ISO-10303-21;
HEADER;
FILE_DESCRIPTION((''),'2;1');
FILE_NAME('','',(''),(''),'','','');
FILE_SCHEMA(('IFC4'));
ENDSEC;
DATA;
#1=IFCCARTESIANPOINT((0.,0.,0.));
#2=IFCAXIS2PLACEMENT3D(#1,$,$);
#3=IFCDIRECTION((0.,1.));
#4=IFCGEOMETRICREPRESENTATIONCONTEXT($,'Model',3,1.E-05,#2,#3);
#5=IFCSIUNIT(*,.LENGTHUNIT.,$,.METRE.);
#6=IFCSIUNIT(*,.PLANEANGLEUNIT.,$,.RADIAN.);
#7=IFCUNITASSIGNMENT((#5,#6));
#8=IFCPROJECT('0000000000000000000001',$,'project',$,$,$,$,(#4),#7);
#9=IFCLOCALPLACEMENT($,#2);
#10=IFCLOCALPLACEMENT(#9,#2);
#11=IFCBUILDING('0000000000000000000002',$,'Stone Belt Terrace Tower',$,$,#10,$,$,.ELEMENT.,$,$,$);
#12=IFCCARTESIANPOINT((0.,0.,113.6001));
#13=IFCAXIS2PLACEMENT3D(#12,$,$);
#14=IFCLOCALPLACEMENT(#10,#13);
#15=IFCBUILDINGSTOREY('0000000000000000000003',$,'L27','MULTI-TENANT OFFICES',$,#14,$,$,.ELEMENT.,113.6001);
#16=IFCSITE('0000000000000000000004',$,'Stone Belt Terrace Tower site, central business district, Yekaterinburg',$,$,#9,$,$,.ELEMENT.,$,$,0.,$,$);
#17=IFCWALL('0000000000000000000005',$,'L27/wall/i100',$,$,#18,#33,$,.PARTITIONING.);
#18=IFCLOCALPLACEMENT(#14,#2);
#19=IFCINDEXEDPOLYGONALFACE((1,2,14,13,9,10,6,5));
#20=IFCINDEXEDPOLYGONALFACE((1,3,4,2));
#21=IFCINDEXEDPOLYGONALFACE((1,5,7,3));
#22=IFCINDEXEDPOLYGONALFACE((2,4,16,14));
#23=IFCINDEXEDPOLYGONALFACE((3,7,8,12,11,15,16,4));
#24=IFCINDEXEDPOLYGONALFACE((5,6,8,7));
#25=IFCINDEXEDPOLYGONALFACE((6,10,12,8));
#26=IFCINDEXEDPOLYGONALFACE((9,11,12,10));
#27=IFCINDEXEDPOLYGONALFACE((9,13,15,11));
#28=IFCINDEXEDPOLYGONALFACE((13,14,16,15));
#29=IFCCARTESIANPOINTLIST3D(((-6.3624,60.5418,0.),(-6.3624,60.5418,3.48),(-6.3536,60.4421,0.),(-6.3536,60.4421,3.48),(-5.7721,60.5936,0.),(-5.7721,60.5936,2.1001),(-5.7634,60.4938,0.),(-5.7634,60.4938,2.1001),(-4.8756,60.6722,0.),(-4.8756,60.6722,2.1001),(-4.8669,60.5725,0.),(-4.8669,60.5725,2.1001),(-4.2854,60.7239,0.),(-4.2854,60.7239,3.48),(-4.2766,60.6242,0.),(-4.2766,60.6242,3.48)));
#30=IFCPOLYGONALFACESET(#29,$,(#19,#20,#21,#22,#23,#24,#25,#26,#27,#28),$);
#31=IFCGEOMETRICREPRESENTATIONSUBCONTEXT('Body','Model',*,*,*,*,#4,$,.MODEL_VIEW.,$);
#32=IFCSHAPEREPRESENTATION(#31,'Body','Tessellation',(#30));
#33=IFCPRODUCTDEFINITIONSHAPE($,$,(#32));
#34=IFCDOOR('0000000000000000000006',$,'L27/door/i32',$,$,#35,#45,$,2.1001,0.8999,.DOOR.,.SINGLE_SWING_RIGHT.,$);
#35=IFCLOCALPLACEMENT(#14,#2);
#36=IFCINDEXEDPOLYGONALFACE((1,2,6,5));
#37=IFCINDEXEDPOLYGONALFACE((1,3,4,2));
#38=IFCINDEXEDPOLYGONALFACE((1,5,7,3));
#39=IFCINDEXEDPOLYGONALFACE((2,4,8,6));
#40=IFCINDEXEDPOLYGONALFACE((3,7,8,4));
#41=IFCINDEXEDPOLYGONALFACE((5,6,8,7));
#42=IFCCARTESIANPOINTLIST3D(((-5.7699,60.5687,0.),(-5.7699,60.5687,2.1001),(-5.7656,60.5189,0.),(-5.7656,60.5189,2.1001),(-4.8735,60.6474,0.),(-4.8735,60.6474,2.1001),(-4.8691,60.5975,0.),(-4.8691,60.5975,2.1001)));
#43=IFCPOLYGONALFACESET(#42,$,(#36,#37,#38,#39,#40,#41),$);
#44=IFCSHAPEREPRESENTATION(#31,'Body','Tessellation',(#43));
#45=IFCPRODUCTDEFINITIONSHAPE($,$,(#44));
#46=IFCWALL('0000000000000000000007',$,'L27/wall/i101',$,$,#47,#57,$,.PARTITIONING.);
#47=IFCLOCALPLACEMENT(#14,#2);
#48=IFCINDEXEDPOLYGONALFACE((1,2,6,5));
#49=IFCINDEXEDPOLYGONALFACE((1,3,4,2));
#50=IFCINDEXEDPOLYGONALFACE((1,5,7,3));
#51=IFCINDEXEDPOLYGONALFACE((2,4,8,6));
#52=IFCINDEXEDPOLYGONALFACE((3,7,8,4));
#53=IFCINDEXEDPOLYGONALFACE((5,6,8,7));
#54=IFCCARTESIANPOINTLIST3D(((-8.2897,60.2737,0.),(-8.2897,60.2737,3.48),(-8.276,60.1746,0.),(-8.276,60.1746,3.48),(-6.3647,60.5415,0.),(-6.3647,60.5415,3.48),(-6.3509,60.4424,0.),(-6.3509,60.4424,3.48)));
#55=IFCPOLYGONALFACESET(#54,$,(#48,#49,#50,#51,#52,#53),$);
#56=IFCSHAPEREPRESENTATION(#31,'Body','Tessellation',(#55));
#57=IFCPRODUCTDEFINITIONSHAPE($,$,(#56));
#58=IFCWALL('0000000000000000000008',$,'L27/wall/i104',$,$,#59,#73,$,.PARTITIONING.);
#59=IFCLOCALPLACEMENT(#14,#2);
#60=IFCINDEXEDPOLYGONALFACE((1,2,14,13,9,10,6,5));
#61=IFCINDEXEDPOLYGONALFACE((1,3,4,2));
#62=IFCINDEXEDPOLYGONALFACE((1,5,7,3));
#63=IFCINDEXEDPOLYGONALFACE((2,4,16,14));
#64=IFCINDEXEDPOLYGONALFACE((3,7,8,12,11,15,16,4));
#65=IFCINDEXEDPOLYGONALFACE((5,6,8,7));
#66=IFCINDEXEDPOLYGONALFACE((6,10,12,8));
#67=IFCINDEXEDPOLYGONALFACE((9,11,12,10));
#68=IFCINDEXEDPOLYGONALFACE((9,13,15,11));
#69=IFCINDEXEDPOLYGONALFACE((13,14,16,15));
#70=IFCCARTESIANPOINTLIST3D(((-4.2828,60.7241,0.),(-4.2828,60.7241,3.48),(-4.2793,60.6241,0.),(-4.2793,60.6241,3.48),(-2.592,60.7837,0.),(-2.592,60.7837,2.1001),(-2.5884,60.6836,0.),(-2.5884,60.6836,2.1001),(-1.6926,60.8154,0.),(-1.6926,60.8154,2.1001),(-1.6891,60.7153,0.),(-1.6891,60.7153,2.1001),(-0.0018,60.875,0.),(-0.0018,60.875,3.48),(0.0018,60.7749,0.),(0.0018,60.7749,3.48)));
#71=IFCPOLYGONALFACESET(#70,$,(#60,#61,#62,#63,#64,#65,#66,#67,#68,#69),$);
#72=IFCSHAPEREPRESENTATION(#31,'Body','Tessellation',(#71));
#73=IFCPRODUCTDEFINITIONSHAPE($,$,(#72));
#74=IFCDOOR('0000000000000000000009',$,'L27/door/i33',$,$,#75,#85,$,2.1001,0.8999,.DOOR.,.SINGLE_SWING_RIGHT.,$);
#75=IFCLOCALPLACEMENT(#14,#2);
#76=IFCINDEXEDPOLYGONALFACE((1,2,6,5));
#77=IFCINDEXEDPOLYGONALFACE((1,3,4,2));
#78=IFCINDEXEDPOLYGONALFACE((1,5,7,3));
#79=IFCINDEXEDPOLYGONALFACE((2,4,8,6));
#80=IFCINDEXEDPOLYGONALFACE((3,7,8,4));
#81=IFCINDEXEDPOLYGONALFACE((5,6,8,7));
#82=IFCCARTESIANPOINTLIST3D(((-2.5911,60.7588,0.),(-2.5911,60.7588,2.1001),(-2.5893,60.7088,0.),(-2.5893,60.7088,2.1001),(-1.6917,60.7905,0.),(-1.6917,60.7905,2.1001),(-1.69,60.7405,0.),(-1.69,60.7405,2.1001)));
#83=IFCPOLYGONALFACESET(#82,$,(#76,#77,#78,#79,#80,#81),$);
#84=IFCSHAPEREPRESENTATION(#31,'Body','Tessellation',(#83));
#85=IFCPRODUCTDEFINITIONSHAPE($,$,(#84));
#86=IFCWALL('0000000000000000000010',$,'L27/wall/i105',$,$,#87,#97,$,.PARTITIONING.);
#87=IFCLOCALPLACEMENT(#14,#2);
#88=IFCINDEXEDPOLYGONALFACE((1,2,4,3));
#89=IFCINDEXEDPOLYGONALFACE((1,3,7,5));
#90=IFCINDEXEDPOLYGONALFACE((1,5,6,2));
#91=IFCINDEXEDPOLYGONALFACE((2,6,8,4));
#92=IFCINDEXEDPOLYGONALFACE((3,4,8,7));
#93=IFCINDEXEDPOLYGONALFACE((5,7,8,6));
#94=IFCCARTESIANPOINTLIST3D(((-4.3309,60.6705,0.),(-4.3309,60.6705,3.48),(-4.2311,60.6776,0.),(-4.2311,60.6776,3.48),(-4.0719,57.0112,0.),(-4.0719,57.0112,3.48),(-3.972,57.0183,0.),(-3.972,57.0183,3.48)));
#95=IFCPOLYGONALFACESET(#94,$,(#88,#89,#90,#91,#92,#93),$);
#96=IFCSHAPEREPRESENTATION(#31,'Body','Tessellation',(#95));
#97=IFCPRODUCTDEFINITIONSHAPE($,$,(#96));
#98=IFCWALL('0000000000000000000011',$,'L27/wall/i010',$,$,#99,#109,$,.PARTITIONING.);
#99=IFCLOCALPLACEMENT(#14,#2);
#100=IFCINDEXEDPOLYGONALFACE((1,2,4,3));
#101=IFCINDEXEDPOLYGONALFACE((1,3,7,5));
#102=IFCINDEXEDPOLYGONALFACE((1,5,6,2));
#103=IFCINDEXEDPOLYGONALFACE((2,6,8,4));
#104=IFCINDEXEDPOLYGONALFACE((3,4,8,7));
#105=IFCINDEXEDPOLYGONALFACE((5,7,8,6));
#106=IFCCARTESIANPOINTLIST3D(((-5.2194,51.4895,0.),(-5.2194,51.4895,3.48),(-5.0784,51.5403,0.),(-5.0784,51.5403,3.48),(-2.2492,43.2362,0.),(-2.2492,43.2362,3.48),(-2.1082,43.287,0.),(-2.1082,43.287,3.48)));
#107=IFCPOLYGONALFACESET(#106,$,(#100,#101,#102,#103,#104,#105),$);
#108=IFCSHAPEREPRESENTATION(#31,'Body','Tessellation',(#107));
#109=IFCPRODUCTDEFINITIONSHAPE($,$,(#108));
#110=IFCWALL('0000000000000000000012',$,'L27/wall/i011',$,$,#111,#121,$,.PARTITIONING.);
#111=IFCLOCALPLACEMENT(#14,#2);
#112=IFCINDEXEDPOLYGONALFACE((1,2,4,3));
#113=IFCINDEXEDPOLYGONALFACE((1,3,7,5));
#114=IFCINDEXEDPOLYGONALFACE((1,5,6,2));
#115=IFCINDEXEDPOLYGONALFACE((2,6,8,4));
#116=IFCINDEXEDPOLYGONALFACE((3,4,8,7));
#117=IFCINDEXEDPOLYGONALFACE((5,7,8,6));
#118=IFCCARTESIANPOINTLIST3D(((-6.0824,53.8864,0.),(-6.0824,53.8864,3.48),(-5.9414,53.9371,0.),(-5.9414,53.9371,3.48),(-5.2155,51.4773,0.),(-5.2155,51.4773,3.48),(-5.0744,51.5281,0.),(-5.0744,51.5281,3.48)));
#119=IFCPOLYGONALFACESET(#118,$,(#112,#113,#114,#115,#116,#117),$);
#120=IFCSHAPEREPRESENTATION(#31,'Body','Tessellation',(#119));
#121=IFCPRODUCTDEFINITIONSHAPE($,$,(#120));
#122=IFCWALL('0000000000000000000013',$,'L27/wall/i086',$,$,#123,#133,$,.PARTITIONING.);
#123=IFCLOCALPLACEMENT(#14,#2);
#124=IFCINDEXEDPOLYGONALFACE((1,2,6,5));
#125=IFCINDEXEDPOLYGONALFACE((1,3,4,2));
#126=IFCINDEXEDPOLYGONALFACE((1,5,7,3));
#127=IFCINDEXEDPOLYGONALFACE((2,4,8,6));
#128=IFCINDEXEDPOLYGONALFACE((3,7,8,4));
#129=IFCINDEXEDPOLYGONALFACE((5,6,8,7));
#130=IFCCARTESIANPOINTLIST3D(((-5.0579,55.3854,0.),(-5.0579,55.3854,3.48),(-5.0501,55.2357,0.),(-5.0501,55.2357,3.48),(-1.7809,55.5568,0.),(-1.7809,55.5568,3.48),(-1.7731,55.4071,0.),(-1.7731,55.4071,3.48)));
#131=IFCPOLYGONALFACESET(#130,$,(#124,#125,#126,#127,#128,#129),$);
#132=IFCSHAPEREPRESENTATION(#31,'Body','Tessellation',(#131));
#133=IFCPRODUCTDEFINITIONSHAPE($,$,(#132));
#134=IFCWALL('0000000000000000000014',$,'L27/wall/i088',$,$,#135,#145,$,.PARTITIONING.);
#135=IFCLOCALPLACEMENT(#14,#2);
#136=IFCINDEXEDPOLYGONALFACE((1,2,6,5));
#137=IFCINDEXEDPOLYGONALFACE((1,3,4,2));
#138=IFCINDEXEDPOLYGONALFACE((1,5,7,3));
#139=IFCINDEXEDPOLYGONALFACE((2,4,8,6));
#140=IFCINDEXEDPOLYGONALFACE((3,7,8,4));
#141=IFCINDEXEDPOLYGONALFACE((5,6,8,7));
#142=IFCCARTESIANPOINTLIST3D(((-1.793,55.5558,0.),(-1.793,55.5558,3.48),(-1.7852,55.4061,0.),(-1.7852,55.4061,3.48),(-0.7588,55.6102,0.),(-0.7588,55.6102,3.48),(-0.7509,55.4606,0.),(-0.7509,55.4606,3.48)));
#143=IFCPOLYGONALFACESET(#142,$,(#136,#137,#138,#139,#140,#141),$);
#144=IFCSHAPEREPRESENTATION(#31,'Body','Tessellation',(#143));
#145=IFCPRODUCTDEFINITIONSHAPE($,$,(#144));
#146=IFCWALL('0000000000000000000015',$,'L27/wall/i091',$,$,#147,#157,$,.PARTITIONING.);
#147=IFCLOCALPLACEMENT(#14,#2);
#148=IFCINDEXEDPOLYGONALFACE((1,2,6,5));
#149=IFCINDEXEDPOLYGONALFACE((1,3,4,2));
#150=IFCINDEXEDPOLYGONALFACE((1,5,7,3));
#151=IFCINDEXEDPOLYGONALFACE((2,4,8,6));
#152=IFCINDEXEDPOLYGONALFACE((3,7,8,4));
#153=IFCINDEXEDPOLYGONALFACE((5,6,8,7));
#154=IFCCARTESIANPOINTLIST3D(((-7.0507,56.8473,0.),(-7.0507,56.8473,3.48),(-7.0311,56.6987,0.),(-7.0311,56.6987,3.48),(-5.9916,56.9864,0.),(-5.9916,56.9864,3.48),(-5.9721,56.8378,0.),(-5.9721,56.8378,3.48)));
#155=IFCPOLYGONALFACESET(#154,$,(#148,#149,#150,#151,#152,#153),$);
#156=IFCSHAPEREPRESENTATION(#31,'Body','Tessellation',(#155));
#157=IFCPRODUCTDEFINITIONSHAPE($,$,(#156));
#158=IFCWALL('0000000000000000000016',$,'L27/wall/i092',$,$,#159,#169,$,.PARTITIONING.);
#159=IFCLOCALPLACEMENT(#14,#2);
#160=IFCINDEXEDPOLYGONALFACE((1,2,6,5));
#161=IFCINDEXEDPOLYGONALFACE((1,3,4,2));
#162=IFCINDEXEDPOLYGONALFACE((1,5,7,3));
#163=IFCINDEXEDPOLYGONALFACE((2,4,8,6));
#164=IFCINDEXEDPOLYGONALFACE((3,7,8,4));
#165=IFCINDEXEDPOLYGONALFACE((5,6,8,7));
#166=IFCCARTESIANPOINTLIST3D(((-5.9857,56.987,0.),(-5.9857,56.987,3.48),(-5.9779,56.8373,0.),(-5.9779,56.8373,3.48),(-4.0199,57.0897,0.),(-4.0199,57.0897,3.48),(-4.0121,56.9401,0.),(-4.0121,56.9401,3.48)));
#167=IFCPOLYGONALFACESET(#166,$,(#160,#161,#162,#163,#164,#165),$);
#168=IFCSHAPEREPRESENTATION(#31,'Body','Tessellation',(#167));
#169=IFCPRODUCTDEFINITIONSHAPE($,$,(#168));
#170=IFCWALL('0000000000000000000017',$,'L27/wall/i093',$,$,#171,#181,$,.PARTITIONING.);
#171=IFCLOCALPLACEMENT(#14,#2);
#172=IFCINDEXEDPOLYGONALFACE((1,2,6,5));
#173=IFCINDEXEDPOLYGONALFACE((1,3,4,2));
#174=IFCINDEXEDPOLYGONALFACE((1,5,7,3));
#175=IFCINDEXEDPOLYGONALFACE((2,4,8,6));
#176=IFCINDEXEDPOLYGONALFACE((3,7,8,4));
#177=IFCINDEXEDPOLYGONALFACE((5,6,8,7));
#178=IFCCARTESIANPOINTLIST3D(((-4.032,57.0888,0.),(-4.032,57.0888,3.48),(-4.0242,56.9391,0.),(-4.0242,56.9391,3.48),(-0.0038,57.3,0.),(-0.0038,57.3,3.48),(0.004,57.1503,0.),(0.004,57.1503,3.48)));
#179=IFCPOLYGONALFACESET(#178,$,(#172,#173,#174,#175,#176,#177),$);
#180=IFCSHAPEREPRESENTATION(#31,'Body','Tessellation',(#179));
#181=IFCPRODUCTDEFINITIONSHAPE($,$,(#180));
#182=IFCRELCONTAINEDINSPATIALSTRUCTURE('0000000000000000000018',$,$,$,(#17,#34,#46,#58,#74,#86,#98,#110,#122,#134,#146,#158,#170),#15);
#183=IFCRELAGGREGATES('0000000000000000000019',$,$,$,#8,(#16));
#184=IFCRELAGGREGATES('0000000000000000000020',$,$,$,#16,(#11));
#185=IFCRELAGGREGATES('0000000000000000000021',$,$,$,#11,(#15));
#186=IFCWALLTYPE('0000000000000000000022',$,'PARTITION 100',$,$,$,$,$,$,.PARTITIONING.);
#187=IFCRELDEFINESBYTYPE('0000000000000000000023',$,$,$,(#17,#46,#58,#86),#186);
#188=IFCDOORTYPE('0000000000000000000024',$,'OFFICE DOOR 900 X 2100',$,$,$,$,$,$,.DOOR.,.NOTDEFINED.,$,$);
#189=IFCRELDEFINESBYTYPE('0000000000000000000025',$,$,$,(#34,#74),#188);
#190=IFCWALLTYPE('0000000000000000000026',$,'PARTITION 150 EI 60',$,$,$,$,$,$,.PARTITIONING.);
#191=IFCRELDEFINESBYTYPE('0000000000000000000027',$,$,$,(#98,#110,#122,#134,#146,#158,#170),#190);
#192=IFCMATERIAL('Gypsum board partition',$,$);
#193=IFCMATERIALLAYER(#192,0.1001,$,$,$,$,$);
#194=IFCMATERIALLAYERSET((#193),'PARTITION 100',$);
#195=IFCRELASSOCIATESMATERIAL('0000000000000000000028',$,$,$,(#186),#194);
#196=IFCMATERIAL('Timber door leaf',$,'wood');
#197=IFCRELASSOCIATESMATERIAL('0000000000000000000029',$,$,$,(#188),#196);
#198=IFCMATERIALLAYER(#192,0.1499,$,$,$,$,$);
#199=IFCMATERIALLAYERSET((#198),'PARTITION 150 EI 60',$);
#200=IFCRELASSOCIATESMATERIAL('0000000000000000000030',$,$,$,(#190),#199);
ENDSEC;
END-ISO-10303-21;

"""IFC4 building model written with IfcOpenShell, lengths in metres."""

from ifc_helpers import new_model, si_unit, direction, frame, frame_2d, origin, place, context, subcontext, project, spatial, rectangle, extrude, material, layer, layer_set, type_object, element, fill, save


model = new_model("IFC4")

# Units and contexts
model_context = context("Model", 3, precision=1e-05, world=origin(), true_north=direction((0.0, 1.0)))
body_context = subcontext(model_context, "Body", "Model", "MODEL_VIEW")
ifc_project = project(units=[si_unit("LENGTHUNIT", "METRE"), si_unit("PLANEANGLEUNIT", "RADIAN")], contexts=[model_context])

# Site, building, storey
site_placement = place(None, origin())
site = spatial("IfcSite", under=ifc_project, at=site_placement, Name="Stone Belt Terrace Tower site, central business district, Yekaterinburg", CompositionType="ELEMENT", RefElevation=0.0)
building_placement = place(site_placement, origin())
building = spatial("IfcBuilding", under=site, at=building_placement, Name="Stone Belt Terrace Tower", CompositionType="ELEMENT")
storey_placement = place(building_placement, frame((0.0, 0.0, 113.6001)))
storey = spatial("IfcBuildingStorey", under=building, at=storey_placement, Name="L27", Description="MULTI-TENANT OFFICES", CompositionType="ELEMENT", Elevation=113.6001)

# Shared definitions
ifc_material_1 = material(Name="Gypsum board partition")
ifc_layer_1 = layer(ifc_material_1, 0.1001)
ifc_layer_set_1 = layer_set([ifc_layer_1], Name="PARTITION 100")
wall_type_1 = type_object("IfcWallType", Name="PARTITION 100", PredefinedType="PARTITIONING", material=ifc_layer_set_1)
ifc_material_2 = material(Name="Timber door leaf", Category="wood")
door_type = type_object("IfcDoorType", Name="OFFICE DOOR 900 X 2100", OperationType="NOTDEFINED", PredefinedType="DOOR", material=ifc_material_2)

# Wall, opening, door
wall_1_placement = place(storey_placement, frame((-4.281, 60.6741, 0.0), z_axis=(0.0, 0.0, 1.0), x_axis=(-0.996177, -0.087357, 0.0)))
wall_1 = element("IfcWall", 1, at=wall_1_placement, inside=storey, type_object=wall_type_1, Name="L27/wall/i100", PredefinedType="PARTITIONING", context=body_context, shape_type="SweptSolid", body=[
    extrude(rectangle(XDim=2.085, YDim=0.1001, at=frame_2d((1.0425, 0.0))), origin(), (0.0, 0.0, 1.0), 3.48),
])
opening_1_placement = place(wall_1_placement, frame((0.5925, 0.0, 0.0)))
opening_1 = element("IfcOpeningElement", 2, at=opening_1_placement, cuts=wall_1, PredefinedType="OPENING", context=body_context, shape_type="SweptSolid", body=[
    extrude(rectangle(XDim=0.8999, YDim=2.1001, at=frame_2d((0.45, 1.05))), frame((0.0, 0.0601, 0.0), z_axis=(0.0, -1.0, 0.0), x_axis=(1.0, 0.0, 0.0)), (0.0, 0.0, 1.0), 0.1201),
])
door_1_placement = place(opening_1_placement, origin())
door_1 = element("IfcDoor", 3, at=door_1_placement, inside=storey, type_object=door_type, Name="L27/door/i32", OperationType="SINGLE_SWING_RIGHT", OverallHeight=2.1001, OverallWidth=0.8999, PredefinedType="DOOR", context=body_context, shape_type="SweptSolid", body=[
    extrude(rectangle(XDim=0.8999, YDim=2.1001, at=frame_2d((0.45, 1.05))), frame((0.0, 0.0249, 0.0), z_axis=(0.0, -1.0, 0.0), x_axis=(1.0, 0.0, 0.0)), (0.0, 0.0, 1.0), 0.05),
])
fill(opening_1, door_1)

# Wall
wall_2_placement = place(storey_placement, frame((-6.3579, 60.4919, 0.0), z_axis=(0.0, 0.0, 1.0), x_axis=(-0.99046, -0.137798, 0.0)))
element("IfcWall", 4, at=wall_2_placement, inside=storey, type_object=wall_type_1, Name="L27/wall/i101", PredefinedType="PARTITIONING", context=body_context, shape_type="SweptSolid", body=[
    extrude(rectangle(XDim=1.9436, YDim=0.1001, at=frame_2d((0.9717, 0.0))), origin(), (0.0, 0.0, 1.0), 3.48),
])

# Wall, opening, door
wall_3_placement = place(storey_placement, frame((0.0, 60.825, 0.0), z_axis=(0.0, 0.0, 1.0), x_axis=(-0.99938, -0.035222, 0.0)))
wall_3 = element("IfcWall", 5, at=wall_3_placement, inside=storey, type_object=wall_type_1, Name="L27/wall/i104", PredefinedType="PARTITIONING", context=body_context, shape_type="SweptSolid", body=[
    extrude(rectangle(XDim=4.2837, YDim=0.1001, at=frame_2d((2.1418, 0.0))), origin(), (0.0, 0.0, 1.0), 3.48),
])
opening_2_placement = place(wall_3_placement, frame((1.6919, 0.0, 0.0)))
opening_2 = element("IfcOpeningElement", 6, at=opening_2_placement, cuts=wall_3, PredefinedType="OPENING", context=body_context, shape_type="SweptSolid", body=[
    extrude(rectangle(XDim=0.8999, YDim=2.1001, at=frame_2d((0.45, 1.05))), frame((0.0, 0.0601, 0.0), z_axis=(0.0, -1.0, 0.0), x_axis=(1.0, 0.0, 0.0)), (0.0, 0.0, 1.0), 0.1201),
])
door_2_placement = place(opening_2_placement, origin())
door_2 = element("IfcDoor", 7, at=door_2_placement, inside=storey, type_object=door_type, Name="L27/door/i33", OperationType="SINGLE_SWING_RIGHT", OverallHeight=2.1001, OverallWidth=0.8999, PredefinedType="DOOR", context=body_context, shape_type="SweptSolid", body=[
    extrude(rectangle(XDim=0.8999, YDim=2.1001, at=frame_2d((0.45, 1.05))), frame((0.0, 0.0249, 0.0), z_axis=(0.0, -1.0, 0.0), x_axis=(1.0, 0.0, 0.0)), (0.0, 0.0, 1.0), 0.05),
])
fill(opening_2, door_2)

# Walls
wall_4_placement = place(storey_placement, frame((-4.281, 60.6741, 0.0), z_axis=(0.0, 0.0, 1.0), x_axis=(0.070613, -0.997504, 0.0)))
element("IfcWall", 8, at=wall_4_placement, inside=storey, type_object=wall_type_1, Name="L27/wall/i105", PredefinedType="PARTITIONING", context=body_context, shape_type="SweptSolid", body=[
    extrude(rectangle(XDim=3.6685, YDim=0.1001, at=frame_2d((1.8342, 0.0))), origin(), (0.0, 0.0, 1.0), 3.48),
])
ifc_layer_2 = layer(ifc_material_1, 0.1499)
ifc_layer_set_2 = layer_set([ifc_layer_2], Name="PARTITION 150 EI 60")
wall_type_2 = type_object("IfcWallType", Name="PARTITION 150 EI 60", PredefinedType="PARTITIONING", material=ifc_layer_set_2)
wall_5_placement = place(storey_placement, frame((-5.1489, 51.5149, 0.0), z_axis=(0.0, 0.0, 1.0), x_axis=(0.338626, -0.940921, 0.0)))
element("IfcWall", 9, at=wall_5_placement, inside=storey, type_object=wall_type_2, Name="L27/wall/i010", PredefinedType="PARTITIONING", context=body_context, shape_type="SweptSolid", body=[
    extrude(rectangle(XDim=8.7715, YDim=0.1499, at=frame_2d((4.3857, 0.0))), origin(), (0.0, 0.0, 1.0), 3.48),
])
wall_6_placement = place(storey_placement, frame((-6.012, 53.9119, 0.0), z_axis=(0.0, 0.0, 1.0), x_axis=(0.338625, -0.940921, 0.0)))
element("IfcWall", 10, at=wall_6_placement, inside=storey, type_object=wall_type_2, Name="L27/wall/i011", PredefinedType="PARTITIONING", context=body_context, shape_type="SweptSolid", body=[
    extrude(rectangle(XDim=2.5603, YDim=0.1499, at=frame_2d((1.2803, 0.0))), origin(), (0.0, 0.0, 1.0), 3.48),
])
wall_7_placement = place(storey_placement, frame((-1.7771, 55.4819, 0.0), z_axis=(0.0, 0.0, 1.0), x_axis=(-0.998635, -0.052227, 0.0)))
element("IfcWall", 11, at=wall_7_placement, inside=storey, type_object=wall_type_2, Name="L27/wall/i086", PredefinedType="PARTITIONING", context=body_context, shape_type="SweptSolid", body=[
    extrude(rectangle(XDim=3.2815, YDim=0.1499, at=frame_2d((1.6406, 0.0))), origin(), (0.0, 0.0, 1.0), 3.48),
])
wall_8_placement = place(storey_placement, frame((-0.7549, 55.5354, 0.0), z_axis=(0.0, 0.0, 1.0), x_axis=(-0.998617, -0.052571, 0.0)))
element("IfcWall", 12, at=wall_8_placement, inside=storey, type_object=wall_type_2, Name="L27/wall/i088", PredefinedType="PARTITIONING", context=body_context, shape_type="SweptSolid", body=[
    extrude(rectangle(XDim=1.0356, YDim=0.1499, at=frame_2d((0.5178, 0.0))), origin(), (0.0, 0.0, 1.0), 3.48),
])
wall_9_placement = place(storey_placement, frame((-7.041, 56.7729, 0.0), z_axis=(0.0, 0.0, 1.0), x_axis=(0.991478, 0.130277, 0.0)))
element("IfcWall", 13, at=wall_9_placement, inside=storey, type_object=wall_type_2, Name="L27/wall/i091", PredefinedType="PARTITIONING", context=body_context, shape_type="SweptSolid", body=[
    extrude(rectangle(XDim=1.0681, YDim=0.1499, at=frame_2d((0.5342, 0.0))), origin(), (0.0, 0.0, 1.0), 3.48),
])
wall_10_placement = place(storey_placement, frame((-5.9819, 56.9121, 0.0), z_axis=(0.0, 0.0, 1.0), x_axis=(0.998636, 0.052214, 0.0)))
element("IfcWall", 14, at=wall_10_placement, inside=storey, type_object=wall_type_2, Name="L27/wall/i092", PredefinedType="PARTITIONING", context=body_context, shape_type="SweptSolid", body=[
    extrude(rectangle(XDim=1.9685, YDim=0.1499, at=frame_2d((0.9844, 0.0))), origin(), (0.0, 0.0, 1.0), 3.48),
])
wall_11_placement = place(storey_placement, frame((-4.0281, 57.0139, 0.0), z_axis=(0.0, 0.0, 1.0), x_axis=(0.998629, 0.052356, 0.0)))
element("IfcWall", 15, at=wall_11_placement, inside=storey, type_object=wall_type_2, Name="L27/wall/i093", PredefinedType="PARTITIONING", context=body_context, shape_type="SweptSolid", body=[
    extrude(rectangle(XDim=4.0337, YDim=0.1499, at=frame_2d((2.0168, 0.0))), origin(), (0.0, 0.0, 1.0), 3.48),
])

save(model, "model.ifc")
